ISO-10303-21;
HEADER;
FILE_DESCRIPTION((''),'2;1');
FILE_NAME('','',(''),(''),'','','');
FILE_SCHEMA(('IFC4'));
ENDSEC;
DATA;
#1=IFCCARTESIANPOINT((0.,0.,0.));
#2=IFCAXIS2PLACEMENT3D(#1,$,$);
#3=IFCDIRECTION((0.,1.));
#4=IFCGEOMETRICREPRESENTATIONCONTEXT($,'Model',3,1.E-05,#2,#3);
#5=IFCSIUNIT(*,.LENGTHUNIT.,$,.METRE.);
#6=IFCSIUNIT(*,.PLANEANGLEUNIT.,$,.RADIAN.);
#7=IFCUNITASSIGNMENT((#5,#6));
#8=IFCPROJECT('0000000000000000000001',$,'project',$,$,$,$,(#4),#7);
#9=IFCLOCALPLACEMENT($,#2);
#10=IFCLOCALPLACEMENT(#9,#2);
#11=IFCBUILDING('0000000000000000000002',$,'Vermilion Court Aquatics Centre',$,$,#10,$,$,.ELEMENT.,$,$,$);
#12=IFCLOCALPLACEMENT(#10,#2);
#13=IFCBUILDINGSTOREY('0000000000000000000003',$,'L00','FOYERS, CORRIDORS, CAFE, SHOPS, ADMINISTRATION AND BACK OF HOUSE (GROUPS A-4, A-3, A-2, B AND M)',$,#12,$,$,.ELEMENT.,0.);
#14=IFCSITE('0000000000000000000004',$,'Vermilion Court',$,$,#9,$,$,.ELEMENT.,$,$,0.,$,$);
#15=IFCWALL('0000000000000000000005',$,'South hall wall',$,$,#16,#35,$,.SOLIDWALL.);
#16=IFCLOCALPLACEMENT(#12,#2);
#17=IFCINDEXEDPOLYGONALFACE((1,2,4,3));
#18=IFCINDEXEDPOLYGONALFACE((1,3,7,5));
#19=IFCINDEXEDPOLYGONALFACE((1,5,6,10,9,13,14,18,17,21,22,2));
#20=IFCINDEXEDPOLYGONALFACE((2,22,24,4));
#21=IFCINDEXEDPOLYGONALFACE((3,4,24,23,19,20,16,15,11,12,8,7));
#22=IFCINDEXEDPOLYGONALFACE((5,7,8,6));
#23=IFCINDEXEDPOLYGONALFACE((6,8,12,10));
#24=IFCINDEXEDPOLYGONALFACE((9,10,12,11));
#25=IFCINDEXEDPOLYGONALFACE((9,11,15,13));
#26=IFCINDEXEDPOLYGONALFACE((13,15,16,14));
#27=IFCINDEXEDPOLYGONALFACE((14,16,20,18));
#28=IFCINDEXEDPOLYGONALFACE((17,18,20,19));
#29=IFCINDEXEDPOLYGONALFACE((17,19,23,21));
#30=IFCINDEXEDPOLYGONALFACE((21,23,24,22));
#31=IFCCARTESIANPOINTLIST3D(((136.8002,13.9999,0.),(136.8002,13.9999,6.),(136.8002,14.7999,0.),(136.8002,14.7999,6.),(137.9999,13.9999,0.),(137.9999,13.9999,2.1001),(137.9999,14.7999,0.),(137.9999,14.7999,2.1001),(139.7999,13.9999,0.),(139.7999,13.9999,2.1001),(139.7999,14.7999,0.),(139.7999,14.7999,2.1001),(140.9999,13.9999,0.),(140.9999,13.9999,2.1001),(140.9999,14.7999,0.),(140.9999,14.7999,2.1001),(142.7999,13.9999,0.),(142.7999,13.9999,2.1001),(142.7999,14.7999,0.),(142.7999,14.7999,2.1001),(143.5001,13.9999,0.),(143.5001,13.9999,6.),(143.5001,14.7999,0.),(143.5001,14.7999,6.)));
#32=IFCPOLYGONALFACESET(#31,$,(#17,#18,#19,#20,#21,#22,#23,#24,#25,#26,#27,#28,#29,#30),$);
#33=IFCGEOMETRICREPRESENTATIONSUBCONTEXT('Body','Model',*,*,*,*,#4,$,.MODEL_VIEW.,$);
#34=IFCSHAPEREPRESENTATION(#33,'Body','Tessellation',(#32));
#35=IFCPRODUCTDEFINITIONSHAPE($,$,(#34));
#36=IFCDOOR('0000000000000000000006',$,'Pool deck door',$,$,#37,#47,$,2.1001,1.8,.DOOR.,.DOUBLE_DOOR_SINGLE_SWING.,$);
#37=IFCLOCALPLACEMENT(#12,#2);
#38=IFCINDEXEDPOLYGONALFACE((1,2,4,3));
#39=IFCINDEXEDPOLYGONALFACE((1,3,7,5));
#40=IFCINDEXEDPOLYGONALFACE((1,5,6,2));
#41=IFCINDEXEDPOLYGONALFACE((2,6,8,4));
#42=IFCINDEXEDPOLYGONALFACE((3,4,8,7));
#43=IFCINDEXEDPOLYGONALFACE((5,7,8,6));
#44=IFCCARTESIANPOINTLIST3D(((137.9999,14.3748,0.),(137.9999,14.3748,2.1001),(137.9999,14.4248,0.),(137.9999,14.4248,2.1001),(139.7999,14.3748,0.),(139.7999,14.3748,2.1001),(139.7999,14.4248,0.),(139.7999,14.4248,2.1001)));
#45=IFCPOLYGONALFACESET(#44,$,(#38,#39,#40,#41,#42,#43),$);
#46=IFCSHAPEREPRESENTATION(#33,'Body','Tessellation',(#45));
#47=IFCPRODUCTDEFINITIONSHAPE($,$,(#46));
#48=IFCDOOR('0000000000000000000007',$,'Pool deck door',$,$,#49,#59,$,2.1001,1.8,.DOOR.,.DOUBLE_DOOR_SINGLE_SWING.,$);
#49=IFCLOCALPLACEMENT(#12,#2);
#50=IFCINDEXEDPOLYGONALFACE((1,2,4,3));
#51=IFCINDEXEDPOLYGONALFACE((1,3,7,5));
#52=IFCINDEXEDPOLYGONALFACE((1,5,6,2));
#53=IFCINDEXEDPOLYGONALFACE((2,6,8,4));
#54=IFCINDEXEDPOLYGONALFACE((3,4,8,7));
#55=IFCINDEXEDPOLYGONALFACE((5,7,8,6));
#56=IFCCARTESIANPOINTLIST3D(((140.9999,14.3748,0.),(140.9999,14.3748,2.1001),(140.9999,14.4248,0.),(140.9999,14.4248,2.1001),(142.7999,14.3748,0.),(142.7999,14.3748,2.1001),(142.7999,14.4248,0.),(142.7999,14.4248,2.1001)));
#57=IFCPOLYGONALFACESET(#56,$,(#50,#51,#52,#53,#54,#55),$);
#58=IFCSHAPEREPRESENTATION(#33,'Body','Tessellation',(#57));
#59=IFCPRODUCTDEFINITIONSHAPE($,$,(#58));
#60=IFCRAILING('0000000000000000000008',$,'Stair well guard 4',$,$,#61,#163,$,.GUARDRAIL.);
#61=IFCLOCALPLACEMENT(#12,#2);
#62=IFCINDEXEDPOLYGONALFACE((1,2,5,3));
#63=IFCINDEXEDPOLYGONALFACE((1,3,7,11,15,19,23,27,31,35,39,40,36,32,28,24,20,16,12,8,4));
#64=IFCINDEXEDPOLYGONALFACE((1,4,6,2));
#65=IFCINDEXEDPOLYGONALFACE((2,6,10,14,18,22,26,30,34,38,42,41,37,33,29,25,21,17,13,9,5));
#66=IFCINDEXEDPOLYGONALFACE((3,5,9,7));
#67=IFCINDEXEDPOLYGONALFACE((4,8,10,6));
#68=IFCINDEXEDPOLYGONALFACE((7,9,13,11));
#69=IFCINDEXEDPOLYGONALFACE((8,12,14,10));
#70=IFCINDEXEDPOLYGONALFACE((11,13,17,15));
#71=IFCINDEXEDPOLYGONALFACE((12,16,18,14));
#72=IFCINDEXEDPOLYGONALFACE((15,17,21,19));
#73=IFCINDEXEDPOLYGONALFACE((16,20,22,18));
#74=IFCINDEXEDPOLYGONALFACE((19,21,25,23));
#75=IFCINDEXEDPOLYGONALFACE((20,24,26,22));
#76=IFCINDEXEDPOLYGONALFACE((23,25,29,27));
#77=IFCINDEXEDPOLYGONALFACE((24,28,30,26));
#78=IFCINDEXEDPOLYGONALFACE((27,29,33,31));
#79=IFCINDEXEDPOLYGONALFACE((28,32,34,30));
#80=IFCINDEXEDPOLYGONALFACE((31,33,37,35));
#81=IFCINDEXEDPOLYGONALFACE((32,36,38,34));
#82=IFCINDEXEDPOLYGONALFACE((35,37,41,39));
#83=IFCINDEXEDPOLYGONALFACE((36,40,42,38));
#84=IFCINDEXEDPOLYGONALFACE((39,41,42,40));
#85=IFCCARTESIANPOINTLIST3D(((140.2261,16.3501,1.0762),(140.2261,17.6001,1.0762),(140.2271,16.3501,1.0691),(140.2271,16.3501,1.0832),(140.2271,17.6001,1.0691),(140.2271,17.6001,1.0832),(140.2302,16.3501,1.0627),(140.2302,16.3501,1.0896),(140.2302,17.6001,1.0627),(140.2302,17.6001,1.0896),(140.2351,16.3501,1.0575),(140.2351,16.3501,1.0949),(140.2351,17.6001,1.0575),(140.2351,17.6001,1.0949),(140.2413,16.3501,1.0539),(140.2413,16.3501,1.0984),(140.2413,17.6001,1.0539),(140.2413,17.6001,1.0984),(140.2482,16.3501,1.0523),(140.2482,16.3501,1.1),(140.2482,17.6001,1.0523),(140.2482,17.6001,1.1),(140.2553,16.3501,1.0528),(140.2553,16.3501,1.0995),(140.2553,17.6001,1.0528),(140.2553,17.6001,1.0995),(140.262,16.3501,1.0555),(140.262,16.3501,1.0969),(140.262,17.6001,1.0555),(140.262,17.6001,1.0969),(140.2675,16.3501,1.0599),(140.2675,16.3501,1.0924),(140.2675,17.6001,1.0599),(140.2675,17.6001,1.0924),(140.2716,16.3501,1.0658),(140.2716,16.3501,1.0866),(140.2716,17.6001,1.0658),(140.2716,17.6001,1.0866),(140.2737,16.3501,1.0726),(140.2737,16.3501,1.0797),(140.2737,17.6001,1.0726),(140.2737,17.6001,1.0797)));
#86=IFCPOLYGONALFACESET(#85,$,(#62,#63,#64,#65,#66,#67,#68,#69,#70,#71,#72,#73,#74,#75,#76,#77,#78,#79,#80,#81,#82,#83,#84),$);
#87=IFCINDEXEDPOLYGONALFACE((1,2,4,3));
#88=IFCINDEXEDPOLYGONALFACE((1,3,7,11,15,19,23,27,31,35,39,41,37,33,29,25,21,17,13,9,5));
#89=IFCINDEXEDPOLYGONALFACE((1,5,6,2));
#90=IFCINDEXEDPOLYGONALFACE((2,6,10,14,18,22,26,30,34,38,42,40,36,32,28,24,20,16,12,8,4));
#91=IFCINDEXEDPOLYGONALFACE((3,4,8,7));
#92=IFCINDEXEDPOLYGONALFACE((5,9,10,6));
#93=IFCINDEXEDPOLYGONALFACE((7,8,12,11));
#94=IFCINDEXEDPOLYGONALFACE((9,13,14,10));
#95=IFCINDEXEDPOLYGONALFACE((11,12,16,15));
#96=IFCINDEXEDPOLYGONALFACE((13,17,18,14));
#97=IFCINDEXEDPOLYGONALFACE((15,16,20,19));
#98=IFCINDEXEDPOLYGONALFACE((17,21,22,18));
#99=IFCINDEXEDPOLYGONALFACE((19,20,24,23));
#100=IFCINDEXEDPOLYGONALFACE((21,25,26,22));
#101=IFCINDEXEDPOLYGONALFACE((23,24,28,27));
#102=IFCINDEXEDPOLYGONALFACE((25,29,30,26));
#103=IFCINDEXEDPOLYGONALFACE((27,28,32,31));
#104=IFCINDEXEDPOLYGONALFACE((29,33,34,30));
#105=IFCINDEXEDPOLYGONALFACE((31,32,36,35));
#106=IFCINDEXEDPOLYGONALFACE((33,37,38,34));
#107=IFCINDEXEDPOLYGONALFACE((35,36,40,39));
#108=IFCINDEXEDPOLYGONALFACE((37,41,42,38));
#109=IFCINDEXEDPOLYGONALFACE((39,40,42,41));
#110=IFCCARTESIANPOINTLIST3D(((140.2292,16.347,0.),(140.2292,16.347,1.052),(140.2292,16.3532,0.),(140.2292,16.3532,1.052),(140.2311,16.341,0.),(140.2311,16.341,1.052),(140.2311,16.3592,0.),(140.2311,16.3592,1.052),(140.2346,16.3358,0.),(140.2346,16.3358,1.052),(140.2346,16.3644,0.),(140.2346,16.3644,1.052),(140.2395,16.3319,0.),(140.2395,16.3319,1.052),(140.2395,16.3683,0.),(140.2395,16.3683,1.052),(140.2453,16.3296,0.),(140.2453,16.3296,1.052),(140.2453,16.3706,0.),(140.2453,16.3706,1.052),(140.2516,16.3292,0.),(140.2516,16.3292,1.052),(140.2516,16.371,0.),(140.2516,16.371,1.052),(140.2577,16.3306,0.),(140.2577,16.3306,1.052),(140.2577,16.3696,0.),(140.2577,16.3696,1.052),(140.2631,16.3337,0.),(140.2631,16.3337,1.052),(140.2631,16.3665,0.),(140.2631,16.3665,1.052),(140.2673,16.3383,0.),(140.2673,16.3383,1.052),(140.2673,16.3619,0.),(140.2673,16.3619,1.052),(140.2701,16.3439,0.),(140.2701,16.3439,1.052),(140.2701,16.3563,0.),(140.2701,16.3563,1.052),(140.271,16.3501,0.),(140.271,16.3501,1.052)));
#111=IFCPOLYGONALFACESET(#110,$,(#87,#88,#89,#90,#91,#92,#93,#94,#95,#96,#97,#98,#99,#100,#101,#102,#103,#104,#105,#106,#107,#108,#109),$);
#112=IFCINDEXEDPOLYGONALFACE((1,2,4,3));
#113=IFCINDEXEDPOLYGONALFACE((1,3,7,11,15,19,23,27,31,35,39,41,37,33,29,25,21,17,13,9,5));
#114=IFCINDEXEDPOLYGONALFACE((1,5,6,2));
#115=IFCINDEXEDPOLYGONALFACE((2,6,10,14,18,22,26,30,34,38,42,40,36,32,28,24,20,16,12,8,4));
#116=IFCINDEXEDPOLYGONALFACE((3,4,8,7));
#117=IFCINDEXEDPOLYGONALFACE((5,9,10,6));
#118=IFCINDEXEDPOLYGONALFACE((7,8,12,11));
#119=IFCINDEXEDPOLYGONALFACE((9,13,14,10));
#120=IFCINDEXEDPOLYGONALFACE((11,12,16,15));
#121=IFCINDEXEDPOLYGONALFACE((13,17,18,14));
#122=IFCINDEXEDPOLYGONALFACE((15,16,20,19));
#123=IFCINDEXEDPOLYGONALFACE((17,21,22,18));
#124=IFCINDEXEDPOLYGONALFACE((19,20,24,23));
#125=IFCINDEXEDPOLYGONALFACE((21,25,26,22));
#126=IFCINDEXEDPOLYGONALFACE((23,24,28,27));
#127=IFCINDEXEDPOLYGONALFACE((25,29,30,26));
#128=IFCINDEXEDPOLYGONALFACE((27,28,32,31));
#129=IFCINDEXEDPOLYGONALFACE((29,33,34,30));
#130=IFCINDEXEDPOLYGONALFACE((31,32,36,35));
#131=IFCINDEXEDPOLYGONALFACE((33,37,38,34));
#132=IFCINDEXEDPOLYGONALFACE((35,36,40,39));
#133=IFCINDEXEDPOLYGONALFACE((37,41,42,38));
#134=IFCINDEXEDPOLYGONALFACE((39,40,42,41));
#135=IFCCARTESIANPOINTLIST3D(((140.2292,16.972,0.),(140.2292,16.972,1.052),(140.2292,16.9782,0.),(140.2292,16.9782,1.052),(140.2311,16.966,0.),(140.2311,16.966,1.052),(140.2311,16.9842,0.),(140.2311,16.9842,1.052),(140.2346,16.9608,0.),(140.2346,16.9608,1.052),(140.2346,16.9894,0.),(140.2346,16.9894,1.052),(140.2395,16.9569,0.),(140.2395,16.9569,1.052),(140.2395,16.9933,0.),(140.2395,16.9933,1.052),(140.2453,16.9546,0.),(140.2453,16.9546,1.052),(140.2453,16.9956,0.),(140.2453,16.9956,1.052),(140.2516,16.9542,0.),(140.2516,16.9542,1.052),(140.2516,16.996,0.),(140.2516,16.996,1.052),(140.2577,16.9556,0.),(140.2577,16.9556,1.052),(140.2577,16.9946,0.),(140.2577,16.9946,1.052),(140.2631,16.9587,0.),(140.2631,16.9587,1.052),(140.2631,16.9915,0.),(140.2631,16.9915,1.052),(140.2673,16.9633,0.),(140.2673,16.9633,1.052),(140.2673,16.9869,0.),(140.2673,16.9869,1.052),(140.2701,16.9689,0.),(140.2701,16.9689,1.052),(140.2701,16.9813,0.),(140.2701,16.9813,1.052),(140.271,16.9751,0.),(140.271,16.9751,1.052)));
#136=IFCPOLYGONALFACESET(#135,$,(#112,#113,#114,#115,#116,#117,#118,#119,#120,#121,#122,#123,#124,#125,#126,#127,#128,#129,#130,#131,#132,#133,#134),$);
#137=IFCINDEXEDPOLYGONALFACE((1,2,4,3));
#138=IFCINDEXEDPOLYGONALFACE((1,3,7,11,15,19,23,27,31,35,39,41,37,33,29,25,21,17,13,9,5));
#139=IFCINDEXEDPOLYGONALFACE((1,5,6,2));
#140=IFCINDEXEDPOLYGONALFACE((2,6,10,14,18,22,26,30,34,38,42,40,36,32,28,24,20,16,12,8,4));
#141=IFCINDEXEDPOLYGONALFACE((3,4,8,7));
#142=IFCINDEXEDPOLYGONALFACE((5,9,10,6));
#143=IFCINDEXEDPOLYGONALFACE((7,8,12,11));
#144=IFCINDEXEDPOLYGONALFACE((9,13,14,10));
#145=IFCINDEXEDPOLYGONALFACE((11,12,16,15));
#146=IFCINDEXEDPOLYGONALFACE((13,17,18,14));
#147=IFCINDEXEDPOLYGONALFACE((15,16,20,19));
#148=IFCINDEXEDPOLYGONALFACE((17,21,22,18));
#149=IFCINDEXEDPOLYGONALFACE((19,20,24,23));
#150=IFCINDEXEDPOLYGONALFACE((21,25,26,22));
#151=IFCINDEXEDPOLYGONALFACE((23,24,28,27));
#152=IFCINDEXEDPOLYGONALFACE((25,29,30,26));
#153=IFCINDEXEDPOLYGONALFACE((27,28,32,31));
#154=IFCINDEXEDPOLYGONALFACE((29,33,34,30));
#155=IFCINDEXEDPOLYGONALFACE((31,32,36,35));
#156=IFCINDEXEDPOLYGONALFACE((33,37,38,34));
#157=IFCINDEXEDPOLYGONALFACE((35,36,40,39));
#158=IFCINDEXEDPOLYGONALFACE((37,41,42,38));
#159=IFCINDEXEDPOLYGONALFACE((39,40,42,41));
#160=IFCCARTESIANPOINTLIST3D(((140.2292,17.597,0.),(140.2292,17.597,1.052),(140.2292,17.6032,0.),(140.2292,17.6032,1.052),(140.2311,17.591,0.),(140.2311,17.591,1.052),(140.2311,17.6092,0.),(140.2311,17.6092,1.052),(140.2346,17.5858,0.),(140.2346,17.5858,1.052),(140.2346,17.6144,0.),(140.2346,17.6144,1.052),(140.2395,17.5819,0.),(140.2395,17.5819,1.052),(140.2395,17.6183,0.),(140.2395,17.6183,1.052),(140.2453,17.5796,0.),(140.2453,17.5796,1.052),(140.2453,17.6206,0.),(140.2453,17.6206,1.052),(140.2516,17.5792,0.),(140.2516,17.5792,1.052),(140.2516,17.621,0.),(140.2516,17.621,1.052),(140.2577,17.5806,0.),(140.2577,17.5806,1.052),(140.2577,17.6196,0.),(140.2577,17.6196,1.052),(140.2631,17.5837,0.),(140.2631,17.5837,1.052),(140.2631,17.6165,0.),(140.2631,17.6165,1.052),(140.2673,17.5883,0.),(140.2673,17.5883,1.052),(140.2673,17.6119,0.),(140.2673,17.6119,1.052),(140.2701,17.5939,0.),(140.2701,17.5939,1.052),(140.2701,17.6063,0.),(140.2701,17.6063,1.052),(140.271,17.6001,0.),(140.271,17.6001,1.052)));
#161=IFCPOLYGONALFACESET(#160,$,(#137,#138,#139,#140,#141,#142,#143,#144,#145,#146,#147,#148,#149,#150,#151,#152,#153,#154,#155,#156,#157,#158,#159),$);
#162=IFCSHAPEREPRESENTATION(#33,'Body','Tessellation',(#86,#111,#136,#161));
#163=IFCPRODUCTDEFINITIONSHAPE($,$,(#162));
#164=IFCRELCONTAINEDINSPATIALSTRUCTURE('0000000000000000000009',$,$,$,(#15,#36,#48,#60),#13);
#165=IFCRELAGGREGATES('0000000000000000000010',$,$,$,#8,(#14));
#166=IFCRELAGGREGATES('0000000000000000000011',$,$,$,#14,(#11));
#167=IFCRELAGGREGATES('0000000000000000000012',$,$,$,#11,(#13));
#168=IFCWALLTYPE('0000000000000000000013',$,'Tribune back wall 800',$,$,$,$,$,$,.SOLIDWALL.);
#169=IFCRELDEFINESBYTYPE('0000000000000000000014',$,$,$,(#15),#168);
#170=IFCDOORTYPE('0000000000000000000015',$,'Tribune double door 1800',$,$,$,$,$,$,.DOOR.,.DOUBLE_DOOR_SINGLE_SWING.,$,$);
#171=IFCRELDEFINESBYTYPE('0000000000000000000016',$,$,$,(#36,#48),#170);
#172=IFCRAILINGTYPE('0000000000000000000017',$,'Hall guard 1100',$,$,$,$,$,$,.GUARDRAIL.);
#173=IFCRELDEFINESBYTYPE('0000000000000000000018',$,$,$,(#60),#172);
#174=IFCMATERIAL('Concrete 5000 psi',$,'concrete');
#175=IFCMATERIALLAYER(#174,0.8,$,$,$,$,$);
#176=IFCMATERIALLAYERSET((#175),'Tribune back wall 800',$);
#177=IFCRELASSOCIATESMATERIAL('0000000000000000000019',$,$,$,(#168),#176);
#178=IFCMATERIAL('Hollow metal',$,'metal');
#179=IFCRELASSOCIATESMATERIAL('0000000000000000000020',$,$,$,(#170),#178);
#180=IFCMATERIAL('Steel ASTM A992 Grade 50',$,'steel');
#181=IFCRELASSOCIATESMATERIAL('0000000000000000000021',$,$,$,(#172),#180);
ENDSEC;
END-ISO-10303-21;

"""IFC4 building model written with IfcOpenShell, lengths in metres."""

from ifc_helpers import new_model, si_unit, direction, frame, frame_2d, origin, origin_2d, place, context, subcontext, project, spatial, rectangle, circle, extrude, material, layer, layer_set, type_object, element, fill, save


model = new_model("IFC4")

# Units and contexts
model_context = context("Model", 3, precision=1e-05, world=origin(), true_north=direction((0.0, 1.0)))
body_context = subcontext(model_context, "Body", "Model", "MODEL_VIEW")
ifc_project = project(units=[si_unit("LENGTHUNIT", "METRE"), si_unit("PLANEANGLEUNIT", "RADIAN")], contexts=[model_context])

# Site, building, storey
site_placement = place(None, origin())
site = spatial("IfcSite", under=ifc_project, at=site_placement, Name="Vermilion Court", CompositionType="ELEMENT", RefElevation=0.0)
building_placement = place(site_placement, origin())
building = spatial("IfcBuilding", under=site, at=building_placement, Name="Vermilion Court Aquatics Centre", CompositionType="ELEMENT")
storey_placement = place(building_placement, origin())
storey = spatial("IfcBuildingStorey", under=building, at=storey_placement, Name="L00", Description="FOYERS, CORRIDORS, CAFE, SHOPS, ADMINISTRATION AND BACK OF HOUSE (GROUPS A-4, A-3, A-2, B AND M)", CompositionType="ELEMENT", Elevation=0.0)

# Wall, openings, doors
ifc_material_1 = material(Name="Concrete 5000 psi", Category="concrete")
ifc_layer_1 = layer(ifc_material_1, 0.8)
ifc_layer_set_1 = layer_set([ifc_layer_1], Name="Tribune back wall 800")
wall_type_1 = type_object("IfcWallType", Name="Tribune back wall 800", PredefinedType="SOLIDWALL", material=ifc_layer_set_1)
wall_1_placement = place(storey_placement, frame((136.8, 14.3999, 0.0), z_axis=(0.0, 0.0, 1.0), x_axis=(1.0, 0.0, 0.0)))
wall_1 = element("IfcWall", 1, at=wall_1_placement, inside=storey, type_object=wall_type_1, Name="South hall wall", PredefinedType="SOLIDWALL", context=body_context, shape_type="SweptSolid", body=[
    extrude(rectangle(XDim=6.7, YDim=0.8, at=frame_2d((3.3501, 0.0))), origin(), (0.0, 0.0, 1.0), 6.0),
])
opening_1_placement = place(wall_1_placement, frame((1.2, 0.0, 0.0)))
opening_1 = element("IfcOpeningElement", 2, at=opening_1_placement, cuts=wall_1, PredefinedType="OPENING", context=body_context, shape_type="SweptSolid", body=[
    extrude(rectangle(XDim=1.8, YDim=2.1001, at=frame_2d((0.8999, 1.05))), frame((0.0, 0.4099, 0.0), z_axis=(0.0, -1.0, 0.0), x_axis=(1.0, 0.0, 0.0)), (0.0, 0.0, 1.0), 0.8201),
])
opening_2_placement = place(wall_1_placement, frame((4.2, 0.0, 0.0)))
opening_2 = element("IfcOpeningElement", 3, at=opening_2_placement, cuts=wall_1, PredefinedType="OPENING", context=body_context, shape_type="SweptSolid", body=[
    extrude(rectangle(XDim=1.8, YDim=2.1001, at=frame_2d((0.8999, 1.05))), frame((0.0, 0.4099, 0.0), z_axis=(0.0, -1.0, 0.0), x_axis=(1.0, 0.0, 0.0)), (0.0, 0.0, 1.0), 0.8201),
])
ifc_material_2 = material(Name="Hollow metal", Category="metal")
door_type_1 = type_object("IfcDoorType", Name="Tribune double door 1800", OperationType="DOUBLE_DOOR_SINGLE_SWING", PredefinedType="DOOR", material=ifc_material_2)
door_1_placement = place(opening_1_placement, frame((1.8, 0.0, 0.0), z_axis=(0.0, 0.0, 1.0), x_axis=(-1.0, 0.0, 0.0)))
door_1 = element("IfcDoor", 4, at=door_1_placement, inside=storey, type_object=door_type_1, Name="Pool deck door", OperationType="DOUBLE_DOOR_SINGLE_SWING", OverallHeight=2.1001, OverallWidth=1.8, PredefinedType="DOOR", context=body_context, shape_type="SweptSolid", body=[
    extrude(rectangle(XDim=1.8, YDim=2.1001, at=frame_2d((0.9001, 1.05))), frame((0.0, 0.0251, 0.0), z_axis=(0.0, -1.0, 0.0), x_axis=(1.0, 0.0, 0.0)), (0.0, 0.0, 1.0), 0.05),
])
fill(opening_1, door_1)
door_2_placement = place(opening_2_placement, frame((1.8, 0.0, 0.0), z_axis=(0.0, 0.0, 1.0), x_axis=(-1.0, 0.0, 0.0)))
door_2 = element("IfcDoor", 5, at=door_2_placement, inside=storey, type_object=door_type_1, Name="Pool deck door", OperationType="DOUBLE_DOOR_SINGLE_SWING", OverallHeight=2.1001, OverallWidth=1.8, PredefinedType="DOOR", context=body_context, shape_type="SweptSolid", body=[
    extrude(rectangle(XDim=1.8, YDim=2.1001, at=frame_2d((0.9001, 1.05))), frame((0.0, 0.0251, 0.0), z_axis=(0.0, -1.0, 0.0), x_axis=(1.0, 0.0, 0.0)), (0.0, 0.0, 1.0), 0.05),
])
fill(opening_2, door_2)

# Railing
ifc_material_3 = material(Name="Steel ASTM A992 Grade 50", Category="steel")
railing_type = type_object("IfcRailingType", Name="Hall guard 1100", PredefinedType="GUARDRAIL", material=ifc_material_3)
for number, where, name in (
    (6, (140.25, 16.3501, 0.0), "Stair well guard 4"),
):
    element("IfcRailing", number, at=place(storey_placement, frame(where)), inside=storey, type_object=railing_type, Name=name, PredefinedType="GUARDRAIL", context=body_context, shape_type="SweptSolid", body=[
        extrude(circle(Radius=0.0239, at=origin_2d()), frame((0.0, 0.0, 1.0762), z_axis=(0.0, 1.0, 0.0), x_axis=(-1.0, 0.0, 0.0)), (0.0, 0.0, 1.0), 1.25),
        extrude(circle(Radius=0.021, at=origin_2d()), origin(), (0.0, 0.0, 1.0), 1.052),
        extrude(circle(Radius=0.021, at=origin_2d()), frame((0.0, 0.625, 0.0)), (0.0, 0.0, 1.0), 1.052),
        extrude(circle(Radius=0.021, at=origin_2d()), frame((0.0, 1.25, 0.0)), (0.0, 0.0, 1.0), 1.052),
    ])

save(model, "model.ifc")
